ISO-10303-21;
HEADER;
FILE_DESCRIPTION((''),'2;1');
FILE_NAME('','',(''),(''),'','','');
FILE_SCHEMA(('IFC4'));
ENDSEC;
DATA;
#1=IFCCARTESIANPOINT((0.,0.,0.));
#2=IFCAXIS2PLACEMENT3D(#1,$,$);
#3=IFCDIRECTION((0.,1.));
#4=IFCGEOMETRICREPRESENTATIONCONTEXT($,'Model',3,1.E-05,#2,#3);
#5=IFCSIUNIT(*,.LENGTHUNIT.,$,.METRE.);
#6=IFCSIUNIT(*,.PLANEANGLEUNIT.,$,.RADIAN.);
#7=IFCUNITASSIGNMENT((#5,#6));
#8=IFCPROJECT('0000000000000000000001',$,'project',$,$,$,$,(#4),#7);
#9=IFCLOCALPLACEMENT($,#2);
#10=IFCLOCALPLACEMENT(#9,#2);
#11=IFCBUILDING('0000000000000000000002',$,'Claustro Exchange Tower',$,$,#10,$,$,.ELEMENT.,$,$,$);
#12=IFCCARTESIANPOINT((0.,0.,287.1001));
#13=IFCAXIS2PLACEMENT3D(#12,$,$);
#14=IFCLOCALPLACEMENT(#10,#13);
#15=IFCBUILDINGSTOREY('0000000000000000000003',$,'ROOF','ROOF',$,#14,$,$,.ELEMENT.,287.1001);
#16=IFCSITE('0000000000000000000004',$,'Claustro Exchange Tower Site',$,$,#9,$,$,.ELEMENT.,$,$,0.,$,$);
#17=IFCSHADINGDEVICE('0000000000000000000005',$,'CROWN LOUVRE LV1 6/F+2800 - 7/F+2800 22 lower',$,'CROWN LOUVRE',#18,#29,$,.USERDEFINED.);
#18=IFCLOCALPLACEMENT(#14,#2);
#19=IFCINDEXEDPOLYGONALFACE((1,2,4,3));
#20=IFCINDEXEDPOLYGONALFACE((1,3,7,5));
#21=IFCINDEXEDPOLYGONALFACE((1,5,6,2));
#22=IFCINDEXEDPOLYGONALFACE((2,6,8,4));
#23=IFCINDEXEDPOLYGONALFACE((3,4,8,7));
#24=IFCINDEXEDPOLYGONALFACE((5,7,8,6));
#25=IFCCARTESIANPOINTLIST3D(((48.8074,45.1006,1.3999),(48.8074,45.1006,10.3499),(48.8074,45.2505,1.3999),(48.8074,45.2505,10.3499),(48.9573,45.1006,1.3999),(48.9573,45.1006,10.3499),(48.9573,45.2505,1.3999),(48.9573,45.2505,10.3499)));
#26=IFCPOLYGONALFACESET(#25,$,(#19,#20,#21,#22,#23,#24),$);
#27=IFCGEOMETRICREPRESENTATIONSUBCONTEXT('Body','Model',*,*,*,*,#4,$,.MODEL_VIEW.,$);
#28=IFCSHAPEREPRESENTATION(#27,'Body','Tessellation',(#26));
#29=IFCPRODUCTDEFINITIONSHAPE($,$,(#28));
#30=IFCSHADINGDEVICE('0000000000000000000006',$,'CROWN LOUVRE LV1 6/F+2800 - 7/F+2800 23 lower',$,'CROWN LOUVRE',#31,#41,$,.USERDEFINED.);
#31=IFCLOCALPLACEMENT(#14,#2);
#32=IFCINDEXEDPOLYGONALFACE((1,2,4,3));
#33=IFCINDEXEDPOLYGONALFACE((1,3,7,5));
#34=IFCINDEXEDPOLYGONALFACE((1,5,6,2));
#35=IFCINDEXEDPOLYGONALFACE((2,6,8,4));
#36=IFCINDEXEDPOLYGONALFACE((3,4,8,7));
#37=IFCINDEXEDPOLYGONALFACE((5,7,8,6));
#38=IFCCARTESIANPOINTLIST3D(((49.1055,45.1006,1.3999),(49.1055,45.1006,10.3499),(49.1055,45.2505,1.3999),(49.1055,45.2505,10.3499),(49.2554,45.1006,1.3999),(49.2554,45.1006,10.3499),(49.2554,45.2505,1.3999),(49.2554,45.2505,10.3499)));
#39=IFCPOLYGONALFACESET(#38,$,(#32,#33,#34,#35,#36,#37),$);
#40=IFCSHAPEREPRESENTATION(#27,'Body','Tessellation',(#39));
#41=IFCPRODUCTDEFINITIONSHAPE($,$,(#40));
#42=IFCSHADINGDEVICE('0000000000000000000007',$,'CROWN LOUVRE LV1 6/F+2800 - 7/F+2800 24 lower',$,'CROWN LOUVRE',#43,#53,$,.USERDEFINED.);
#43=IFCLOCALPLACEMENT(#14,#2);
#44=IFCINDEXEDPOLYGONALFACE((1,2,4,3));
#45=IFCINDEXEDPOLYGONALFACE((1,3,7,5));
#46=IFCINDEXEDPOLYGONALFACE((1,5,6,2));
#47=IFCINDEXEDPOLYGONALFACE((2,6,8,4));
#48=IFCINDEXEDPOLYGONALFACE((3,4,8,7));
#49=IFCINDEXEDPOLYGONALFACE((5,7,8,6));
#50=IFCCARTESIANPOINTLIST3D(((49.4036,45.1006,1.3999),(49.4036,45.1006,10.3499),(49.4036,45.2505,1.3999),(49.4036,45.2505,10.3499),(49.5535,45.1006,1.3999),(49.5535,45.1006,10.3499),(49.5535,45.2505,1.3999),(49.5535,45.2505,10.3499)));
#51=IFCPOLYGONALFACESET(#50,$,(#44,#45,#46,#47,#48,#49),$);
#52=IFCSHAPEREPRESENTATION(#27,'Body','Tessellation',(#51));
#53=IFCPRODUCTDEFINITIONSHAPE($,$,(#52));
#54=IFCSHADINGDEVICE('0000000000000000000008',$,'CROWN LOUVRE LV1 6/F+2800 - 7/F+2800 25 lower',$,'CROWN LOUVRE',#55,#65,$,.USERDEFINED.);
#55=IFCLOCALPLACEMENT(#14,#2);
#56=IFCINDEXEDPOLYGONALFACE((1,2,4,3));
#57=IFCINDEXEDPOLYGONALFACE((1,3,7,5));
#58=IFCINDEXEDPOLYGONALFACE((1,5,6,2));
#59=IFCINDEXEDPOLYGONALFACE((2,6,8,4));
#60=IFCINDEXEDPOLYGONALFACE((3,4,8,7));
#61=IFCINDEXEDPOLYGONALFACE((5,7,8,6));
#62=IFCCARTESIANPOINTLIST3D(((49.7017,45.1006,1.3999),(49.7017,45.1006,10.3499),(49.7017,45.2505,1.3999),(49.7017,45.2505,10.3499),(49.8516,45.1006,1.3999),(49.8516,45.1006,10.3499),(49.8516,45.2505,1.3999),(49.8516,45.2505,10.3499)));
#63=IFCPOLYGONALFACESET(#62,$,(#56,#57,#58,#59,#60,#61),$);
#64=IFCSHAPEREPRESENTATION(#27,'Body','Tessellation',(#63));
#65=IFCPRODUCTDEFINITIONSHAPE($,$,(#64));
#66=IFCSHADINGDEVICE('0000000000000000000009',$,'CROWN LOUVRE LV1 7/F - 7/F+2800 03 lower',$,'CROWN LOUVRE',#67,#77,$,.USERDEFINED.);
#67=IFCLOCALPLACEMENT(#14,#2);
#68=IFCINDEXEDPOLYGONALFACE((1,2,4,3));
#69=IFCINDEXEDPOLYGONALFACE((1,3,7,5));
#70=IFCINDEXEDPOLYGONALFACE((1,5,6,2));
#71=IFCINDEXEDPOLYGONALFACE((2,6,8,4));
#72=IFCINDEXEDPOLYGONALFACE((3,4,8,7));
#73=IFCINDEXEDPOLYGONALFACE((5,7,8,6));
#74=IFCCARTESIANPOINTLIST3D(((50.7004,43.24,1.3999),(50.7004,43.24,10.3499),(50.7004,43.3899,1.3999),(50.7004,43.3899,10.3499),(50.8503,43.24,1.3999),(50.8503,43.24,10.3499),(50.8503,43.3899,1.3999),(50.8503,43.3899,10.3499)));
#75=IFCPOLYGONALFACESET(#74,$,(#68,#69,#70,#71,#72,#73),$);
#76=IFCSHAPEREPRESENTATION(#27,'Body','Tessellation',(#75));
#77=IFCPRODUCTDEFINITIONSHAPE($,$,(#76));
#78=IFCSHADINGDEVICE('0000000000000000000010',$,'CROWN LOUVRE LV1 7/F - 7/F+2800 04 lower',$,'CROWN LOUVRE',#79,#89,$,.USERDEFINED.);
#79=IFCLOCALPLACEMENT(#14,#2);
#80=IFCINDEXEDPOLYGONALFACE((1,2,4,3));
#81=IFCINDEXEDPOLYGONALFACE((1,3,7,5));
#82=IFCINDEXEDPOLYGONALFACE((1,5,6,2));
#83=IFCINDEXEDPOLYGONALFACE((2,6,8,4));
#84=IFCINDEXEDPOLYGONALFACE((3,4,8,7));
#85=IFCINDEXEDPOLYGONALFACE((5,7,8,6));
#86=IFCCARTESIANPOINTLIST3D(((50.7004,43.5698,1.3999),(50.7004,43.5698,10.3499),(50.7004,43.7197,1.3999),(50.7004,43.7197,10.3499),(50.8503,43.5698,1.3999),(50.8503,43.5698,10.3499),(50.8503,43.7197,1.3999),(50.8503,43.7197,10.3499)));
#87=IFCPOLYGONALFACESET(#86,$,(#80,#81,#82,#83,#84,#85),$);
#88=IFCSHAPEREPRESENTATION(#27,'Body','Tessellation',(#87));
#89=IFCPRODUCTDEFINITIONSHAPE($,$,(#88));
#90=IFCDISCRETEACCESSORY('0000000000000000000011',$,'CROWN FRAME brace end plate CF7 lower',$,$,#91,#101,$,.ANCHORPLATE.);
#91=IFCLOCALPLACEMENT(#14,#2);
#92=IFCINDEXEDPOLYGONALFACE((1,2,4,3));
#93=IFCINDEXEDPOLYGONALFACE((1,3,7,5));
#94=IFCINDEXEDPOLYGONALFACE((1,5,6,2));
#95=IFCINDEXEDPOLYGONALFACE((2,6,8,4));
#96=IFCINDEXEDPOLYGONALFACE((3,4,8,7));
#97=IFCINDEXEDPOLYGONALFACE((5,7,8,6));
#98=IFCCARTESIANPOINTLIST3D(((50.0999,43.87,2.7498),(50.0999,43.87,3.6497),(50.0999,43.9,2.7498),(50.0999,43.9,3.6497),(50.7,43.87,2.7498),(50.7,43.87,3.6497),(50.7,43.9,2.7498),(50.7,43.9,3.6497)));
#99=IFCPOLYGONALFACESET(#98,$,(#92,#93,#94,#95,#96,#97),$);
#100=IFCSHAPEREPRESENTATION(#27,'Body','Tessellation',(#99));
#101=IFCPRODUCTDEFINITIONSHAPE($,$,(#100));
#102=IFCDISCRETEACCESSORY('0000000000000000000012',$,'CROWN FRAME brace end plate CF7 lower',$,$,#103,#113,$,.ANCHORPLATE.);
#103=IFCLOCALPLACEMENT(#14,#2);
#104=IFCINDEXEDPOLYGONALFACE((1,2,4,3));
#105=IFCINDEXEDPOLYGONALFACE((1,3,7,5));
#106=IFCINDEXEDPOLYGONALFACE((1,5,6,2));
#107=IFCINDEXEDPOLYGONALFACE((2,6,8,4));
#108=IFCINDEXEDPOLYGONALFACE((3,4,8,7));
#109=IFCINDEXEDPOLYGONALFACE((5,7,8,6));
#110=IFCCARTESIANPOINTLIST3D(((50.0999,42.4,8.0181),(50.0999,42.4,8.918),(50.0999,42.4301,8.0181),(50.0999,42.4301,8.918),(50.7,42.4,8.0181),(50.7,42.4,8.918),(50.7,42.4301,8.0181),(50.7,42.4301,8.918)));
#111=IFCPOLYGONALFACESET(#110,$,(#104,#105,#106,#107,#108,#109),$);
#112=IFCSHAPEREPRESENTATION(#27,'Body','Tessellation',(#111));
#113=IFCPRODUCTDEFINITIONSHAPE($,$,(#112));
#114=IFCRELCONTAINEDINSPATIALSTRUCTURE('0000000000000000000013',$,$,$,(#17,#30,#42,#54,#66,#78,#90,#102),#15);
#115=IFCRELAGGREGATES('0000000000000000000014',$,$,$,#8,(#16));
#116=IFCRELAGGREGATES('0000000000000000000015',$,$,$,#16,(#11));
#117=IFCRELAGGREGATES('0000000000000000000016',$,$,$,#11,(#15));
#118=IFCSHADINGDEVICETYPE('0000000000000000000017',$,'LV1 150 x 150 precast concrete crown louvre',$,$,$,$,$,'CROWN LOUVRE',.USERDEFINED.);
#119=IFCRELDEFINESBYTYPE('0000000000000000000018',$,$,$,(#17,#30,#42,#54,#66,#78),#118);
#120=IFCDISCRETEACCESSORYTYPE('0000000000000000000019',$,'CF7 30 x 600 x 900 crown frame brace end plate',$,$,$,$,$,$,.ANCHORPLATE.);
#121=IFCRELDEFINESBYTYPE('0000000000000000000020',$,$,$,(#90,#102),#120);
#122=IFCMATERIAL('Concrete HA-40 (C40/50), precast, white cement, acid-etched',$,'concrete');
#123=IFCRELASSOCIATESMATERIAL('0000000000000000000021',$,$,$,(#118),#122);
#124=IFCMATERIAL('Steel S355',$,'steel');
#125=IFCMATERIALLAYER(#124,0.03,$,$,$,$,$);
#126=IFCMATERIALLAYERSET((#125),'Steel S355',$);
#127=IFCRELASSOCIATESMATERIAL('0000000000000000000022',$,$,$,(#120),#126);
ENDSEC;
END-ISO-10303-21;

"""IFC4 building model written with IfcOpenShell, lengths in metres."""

from ifc_helpers import new_model, si_unit, direction, frame, origin, origin_2d, place, context, subcontext, project, spatial, rectangle, extrude, material, layer, layer_set, type_object, element, save


model = new_model("IFC4")

# Units and contexts
model_context = context("Model", 3, precision=1e-05, world=origin(), true_north=direction((0.0, 1.0)))
body_context = subcontext(model_context, "Body", "Model", "MODEL_VIEW")
ifc_project = project(units=[si_unit("LENGTHUNIT", "METRE"), si_unit("PLANEANGLEUNIT", "RADIAN")], contexts=[model_context])

# Site, building, storey
site_placement = place(None, origin())
site = spatial("IfcSite", under=ifc_project, at=site_placement, Name="Claustro Exchange Tower Site", CompositionType="ELEMENT", RefElevation=0.0)
building_placement = place(site_placement, origin())
building = spatial("IfcBuilding", under=site, at=building_placement, Name="Claustro Exchange Tower", CompositionType="ELEMENT")
storey_placement = place(building_placement, frame((0.0, 0.0, 287.1001)))
storey = spatial("IfcBuildingStorey", under=building, at=storey_placement, Name="ROOF", Description="ROOF", CompositionType="ELEMENT", Elevation=287.1001)

# Shading devices
ifc_material_1 = material(Name="Concrete HA-40 (C40/50), precast, white cement, acid-etched", Category="concrete")
shading_device_type = type_object("IfcShadingDeviceType", Name="LV1 150 x 150 precast concrete crown louvre", ElementType="CROWN LOUVRE", PredefinedType="USERDEFINED", material=ifc_material_1)
for number, where, z_axis, x_axis, name in (
    (1, (48.8823, 45.1755, 1.3999), (0.0, 0.0, 1.0), (1.0, 0.0, 0.0), "CROWN LOUVRE LV1 6/F+2800 - 7/F+2800 22 lower"),
    (2, (49.1804, 45.1755, 1.3999), (0.0, 0.0, 1.0), (1.0, 0.0, 0.0), "CROWN LOUVRE LV1 6/F+2800 - 7/F+2800 23 lower"),
    (3, (49.4785, 45.1755, 1.3999), (0.0, 0.0, 1.0), (1.0, 0.0, 0.0), "CROWN LOUVRE LV1 6/F+2800 - 7/F+2800 24 lower"),
    (4, (49.7766, 45.1755, 1.3999), (0.0, 0.0, 1.0), (1.0, 0.0, 0.0), "CROWN LOUVRE LV1 6/F+2800 - 7/F+2800 25 lower"),
    (5, (50.7754, 43.3149, 1.3999), (0.0, 0.0, 1.0), (0.0, 1.0, 0.0), "CROWN LOUVRE LV1 7/F - 7/F+2800 03 lower"),
    (6, (50.7754, 43.6448, 1.3999), (0.0, 0.0, 1.0), (0.0, 1.0, 0.0), "CROWN LOUVRE LV1 7/F - 7/F+2800 04 lower"),
):
    element("IfcShadingDevice", number, at=place(storey_placement, frame(where, z_axis=z_axis, x_axis=x_axis)), inside=storey, type_object=shading_device_type, Name=name, ObjectType="CROWN LOUVRE", PredefinedType="USERDEFINED", context=body_context, shape_type="SweptSolid", body=[
        extrude(rectangle(XDim=0.1499, YDim=0.1499, at=origin_2d()), origin(), (0.0, 0.0, 1.0), 8.95),
    ])

# Discrete accessories
ifc_material_2 = material(Name="Steel S355", Category="steel")
ifc_layer = layer(ifc_material_2, 0.03)
ifc_layer_set = layer_set([ifc_layer], Name="Steel S355")
discrete_accessory_type = type_object("IfcDiscreteAccessoryType", Name="CF7 30 x 600 x 900 crown frame brace end plate", PredefinedType="ANCHORPLATE", material=ifc_layer_set)
for number, where, z_axis, x_axis, name in (
    (7, (50.3999, 43.885, 2.7498), (0.0, 0.0, 1.0), (0.0, -1.0, 0.0), "CROWN FRAME brace end plate CF7 lower"),
    (8, (50.3999, 42.415, 8.0181), (0.0, 0.0, 1.0), (0.0, -1.0, 0.0), "CROWN FRAME brace end plate CF7 lower"),
):
    element("IfcDiscreteAccessory", number, at=place(storey_placement, frame(where, z_axis=z_axis, x_axis=x_axis)), inside=storey, type_object=discrete_accessory_type, Name=name, PredefinedType="ANCHORPLATE", context=body_context, shape_type="SweptSolid", body=[
        extrude(rectangle(XDim=0.03, YDim=0.6001, at=origin_2d()), origin(), (0.0, 0.0, 1.0), 0.8999),
    ])

save(model, "model.ifc")
